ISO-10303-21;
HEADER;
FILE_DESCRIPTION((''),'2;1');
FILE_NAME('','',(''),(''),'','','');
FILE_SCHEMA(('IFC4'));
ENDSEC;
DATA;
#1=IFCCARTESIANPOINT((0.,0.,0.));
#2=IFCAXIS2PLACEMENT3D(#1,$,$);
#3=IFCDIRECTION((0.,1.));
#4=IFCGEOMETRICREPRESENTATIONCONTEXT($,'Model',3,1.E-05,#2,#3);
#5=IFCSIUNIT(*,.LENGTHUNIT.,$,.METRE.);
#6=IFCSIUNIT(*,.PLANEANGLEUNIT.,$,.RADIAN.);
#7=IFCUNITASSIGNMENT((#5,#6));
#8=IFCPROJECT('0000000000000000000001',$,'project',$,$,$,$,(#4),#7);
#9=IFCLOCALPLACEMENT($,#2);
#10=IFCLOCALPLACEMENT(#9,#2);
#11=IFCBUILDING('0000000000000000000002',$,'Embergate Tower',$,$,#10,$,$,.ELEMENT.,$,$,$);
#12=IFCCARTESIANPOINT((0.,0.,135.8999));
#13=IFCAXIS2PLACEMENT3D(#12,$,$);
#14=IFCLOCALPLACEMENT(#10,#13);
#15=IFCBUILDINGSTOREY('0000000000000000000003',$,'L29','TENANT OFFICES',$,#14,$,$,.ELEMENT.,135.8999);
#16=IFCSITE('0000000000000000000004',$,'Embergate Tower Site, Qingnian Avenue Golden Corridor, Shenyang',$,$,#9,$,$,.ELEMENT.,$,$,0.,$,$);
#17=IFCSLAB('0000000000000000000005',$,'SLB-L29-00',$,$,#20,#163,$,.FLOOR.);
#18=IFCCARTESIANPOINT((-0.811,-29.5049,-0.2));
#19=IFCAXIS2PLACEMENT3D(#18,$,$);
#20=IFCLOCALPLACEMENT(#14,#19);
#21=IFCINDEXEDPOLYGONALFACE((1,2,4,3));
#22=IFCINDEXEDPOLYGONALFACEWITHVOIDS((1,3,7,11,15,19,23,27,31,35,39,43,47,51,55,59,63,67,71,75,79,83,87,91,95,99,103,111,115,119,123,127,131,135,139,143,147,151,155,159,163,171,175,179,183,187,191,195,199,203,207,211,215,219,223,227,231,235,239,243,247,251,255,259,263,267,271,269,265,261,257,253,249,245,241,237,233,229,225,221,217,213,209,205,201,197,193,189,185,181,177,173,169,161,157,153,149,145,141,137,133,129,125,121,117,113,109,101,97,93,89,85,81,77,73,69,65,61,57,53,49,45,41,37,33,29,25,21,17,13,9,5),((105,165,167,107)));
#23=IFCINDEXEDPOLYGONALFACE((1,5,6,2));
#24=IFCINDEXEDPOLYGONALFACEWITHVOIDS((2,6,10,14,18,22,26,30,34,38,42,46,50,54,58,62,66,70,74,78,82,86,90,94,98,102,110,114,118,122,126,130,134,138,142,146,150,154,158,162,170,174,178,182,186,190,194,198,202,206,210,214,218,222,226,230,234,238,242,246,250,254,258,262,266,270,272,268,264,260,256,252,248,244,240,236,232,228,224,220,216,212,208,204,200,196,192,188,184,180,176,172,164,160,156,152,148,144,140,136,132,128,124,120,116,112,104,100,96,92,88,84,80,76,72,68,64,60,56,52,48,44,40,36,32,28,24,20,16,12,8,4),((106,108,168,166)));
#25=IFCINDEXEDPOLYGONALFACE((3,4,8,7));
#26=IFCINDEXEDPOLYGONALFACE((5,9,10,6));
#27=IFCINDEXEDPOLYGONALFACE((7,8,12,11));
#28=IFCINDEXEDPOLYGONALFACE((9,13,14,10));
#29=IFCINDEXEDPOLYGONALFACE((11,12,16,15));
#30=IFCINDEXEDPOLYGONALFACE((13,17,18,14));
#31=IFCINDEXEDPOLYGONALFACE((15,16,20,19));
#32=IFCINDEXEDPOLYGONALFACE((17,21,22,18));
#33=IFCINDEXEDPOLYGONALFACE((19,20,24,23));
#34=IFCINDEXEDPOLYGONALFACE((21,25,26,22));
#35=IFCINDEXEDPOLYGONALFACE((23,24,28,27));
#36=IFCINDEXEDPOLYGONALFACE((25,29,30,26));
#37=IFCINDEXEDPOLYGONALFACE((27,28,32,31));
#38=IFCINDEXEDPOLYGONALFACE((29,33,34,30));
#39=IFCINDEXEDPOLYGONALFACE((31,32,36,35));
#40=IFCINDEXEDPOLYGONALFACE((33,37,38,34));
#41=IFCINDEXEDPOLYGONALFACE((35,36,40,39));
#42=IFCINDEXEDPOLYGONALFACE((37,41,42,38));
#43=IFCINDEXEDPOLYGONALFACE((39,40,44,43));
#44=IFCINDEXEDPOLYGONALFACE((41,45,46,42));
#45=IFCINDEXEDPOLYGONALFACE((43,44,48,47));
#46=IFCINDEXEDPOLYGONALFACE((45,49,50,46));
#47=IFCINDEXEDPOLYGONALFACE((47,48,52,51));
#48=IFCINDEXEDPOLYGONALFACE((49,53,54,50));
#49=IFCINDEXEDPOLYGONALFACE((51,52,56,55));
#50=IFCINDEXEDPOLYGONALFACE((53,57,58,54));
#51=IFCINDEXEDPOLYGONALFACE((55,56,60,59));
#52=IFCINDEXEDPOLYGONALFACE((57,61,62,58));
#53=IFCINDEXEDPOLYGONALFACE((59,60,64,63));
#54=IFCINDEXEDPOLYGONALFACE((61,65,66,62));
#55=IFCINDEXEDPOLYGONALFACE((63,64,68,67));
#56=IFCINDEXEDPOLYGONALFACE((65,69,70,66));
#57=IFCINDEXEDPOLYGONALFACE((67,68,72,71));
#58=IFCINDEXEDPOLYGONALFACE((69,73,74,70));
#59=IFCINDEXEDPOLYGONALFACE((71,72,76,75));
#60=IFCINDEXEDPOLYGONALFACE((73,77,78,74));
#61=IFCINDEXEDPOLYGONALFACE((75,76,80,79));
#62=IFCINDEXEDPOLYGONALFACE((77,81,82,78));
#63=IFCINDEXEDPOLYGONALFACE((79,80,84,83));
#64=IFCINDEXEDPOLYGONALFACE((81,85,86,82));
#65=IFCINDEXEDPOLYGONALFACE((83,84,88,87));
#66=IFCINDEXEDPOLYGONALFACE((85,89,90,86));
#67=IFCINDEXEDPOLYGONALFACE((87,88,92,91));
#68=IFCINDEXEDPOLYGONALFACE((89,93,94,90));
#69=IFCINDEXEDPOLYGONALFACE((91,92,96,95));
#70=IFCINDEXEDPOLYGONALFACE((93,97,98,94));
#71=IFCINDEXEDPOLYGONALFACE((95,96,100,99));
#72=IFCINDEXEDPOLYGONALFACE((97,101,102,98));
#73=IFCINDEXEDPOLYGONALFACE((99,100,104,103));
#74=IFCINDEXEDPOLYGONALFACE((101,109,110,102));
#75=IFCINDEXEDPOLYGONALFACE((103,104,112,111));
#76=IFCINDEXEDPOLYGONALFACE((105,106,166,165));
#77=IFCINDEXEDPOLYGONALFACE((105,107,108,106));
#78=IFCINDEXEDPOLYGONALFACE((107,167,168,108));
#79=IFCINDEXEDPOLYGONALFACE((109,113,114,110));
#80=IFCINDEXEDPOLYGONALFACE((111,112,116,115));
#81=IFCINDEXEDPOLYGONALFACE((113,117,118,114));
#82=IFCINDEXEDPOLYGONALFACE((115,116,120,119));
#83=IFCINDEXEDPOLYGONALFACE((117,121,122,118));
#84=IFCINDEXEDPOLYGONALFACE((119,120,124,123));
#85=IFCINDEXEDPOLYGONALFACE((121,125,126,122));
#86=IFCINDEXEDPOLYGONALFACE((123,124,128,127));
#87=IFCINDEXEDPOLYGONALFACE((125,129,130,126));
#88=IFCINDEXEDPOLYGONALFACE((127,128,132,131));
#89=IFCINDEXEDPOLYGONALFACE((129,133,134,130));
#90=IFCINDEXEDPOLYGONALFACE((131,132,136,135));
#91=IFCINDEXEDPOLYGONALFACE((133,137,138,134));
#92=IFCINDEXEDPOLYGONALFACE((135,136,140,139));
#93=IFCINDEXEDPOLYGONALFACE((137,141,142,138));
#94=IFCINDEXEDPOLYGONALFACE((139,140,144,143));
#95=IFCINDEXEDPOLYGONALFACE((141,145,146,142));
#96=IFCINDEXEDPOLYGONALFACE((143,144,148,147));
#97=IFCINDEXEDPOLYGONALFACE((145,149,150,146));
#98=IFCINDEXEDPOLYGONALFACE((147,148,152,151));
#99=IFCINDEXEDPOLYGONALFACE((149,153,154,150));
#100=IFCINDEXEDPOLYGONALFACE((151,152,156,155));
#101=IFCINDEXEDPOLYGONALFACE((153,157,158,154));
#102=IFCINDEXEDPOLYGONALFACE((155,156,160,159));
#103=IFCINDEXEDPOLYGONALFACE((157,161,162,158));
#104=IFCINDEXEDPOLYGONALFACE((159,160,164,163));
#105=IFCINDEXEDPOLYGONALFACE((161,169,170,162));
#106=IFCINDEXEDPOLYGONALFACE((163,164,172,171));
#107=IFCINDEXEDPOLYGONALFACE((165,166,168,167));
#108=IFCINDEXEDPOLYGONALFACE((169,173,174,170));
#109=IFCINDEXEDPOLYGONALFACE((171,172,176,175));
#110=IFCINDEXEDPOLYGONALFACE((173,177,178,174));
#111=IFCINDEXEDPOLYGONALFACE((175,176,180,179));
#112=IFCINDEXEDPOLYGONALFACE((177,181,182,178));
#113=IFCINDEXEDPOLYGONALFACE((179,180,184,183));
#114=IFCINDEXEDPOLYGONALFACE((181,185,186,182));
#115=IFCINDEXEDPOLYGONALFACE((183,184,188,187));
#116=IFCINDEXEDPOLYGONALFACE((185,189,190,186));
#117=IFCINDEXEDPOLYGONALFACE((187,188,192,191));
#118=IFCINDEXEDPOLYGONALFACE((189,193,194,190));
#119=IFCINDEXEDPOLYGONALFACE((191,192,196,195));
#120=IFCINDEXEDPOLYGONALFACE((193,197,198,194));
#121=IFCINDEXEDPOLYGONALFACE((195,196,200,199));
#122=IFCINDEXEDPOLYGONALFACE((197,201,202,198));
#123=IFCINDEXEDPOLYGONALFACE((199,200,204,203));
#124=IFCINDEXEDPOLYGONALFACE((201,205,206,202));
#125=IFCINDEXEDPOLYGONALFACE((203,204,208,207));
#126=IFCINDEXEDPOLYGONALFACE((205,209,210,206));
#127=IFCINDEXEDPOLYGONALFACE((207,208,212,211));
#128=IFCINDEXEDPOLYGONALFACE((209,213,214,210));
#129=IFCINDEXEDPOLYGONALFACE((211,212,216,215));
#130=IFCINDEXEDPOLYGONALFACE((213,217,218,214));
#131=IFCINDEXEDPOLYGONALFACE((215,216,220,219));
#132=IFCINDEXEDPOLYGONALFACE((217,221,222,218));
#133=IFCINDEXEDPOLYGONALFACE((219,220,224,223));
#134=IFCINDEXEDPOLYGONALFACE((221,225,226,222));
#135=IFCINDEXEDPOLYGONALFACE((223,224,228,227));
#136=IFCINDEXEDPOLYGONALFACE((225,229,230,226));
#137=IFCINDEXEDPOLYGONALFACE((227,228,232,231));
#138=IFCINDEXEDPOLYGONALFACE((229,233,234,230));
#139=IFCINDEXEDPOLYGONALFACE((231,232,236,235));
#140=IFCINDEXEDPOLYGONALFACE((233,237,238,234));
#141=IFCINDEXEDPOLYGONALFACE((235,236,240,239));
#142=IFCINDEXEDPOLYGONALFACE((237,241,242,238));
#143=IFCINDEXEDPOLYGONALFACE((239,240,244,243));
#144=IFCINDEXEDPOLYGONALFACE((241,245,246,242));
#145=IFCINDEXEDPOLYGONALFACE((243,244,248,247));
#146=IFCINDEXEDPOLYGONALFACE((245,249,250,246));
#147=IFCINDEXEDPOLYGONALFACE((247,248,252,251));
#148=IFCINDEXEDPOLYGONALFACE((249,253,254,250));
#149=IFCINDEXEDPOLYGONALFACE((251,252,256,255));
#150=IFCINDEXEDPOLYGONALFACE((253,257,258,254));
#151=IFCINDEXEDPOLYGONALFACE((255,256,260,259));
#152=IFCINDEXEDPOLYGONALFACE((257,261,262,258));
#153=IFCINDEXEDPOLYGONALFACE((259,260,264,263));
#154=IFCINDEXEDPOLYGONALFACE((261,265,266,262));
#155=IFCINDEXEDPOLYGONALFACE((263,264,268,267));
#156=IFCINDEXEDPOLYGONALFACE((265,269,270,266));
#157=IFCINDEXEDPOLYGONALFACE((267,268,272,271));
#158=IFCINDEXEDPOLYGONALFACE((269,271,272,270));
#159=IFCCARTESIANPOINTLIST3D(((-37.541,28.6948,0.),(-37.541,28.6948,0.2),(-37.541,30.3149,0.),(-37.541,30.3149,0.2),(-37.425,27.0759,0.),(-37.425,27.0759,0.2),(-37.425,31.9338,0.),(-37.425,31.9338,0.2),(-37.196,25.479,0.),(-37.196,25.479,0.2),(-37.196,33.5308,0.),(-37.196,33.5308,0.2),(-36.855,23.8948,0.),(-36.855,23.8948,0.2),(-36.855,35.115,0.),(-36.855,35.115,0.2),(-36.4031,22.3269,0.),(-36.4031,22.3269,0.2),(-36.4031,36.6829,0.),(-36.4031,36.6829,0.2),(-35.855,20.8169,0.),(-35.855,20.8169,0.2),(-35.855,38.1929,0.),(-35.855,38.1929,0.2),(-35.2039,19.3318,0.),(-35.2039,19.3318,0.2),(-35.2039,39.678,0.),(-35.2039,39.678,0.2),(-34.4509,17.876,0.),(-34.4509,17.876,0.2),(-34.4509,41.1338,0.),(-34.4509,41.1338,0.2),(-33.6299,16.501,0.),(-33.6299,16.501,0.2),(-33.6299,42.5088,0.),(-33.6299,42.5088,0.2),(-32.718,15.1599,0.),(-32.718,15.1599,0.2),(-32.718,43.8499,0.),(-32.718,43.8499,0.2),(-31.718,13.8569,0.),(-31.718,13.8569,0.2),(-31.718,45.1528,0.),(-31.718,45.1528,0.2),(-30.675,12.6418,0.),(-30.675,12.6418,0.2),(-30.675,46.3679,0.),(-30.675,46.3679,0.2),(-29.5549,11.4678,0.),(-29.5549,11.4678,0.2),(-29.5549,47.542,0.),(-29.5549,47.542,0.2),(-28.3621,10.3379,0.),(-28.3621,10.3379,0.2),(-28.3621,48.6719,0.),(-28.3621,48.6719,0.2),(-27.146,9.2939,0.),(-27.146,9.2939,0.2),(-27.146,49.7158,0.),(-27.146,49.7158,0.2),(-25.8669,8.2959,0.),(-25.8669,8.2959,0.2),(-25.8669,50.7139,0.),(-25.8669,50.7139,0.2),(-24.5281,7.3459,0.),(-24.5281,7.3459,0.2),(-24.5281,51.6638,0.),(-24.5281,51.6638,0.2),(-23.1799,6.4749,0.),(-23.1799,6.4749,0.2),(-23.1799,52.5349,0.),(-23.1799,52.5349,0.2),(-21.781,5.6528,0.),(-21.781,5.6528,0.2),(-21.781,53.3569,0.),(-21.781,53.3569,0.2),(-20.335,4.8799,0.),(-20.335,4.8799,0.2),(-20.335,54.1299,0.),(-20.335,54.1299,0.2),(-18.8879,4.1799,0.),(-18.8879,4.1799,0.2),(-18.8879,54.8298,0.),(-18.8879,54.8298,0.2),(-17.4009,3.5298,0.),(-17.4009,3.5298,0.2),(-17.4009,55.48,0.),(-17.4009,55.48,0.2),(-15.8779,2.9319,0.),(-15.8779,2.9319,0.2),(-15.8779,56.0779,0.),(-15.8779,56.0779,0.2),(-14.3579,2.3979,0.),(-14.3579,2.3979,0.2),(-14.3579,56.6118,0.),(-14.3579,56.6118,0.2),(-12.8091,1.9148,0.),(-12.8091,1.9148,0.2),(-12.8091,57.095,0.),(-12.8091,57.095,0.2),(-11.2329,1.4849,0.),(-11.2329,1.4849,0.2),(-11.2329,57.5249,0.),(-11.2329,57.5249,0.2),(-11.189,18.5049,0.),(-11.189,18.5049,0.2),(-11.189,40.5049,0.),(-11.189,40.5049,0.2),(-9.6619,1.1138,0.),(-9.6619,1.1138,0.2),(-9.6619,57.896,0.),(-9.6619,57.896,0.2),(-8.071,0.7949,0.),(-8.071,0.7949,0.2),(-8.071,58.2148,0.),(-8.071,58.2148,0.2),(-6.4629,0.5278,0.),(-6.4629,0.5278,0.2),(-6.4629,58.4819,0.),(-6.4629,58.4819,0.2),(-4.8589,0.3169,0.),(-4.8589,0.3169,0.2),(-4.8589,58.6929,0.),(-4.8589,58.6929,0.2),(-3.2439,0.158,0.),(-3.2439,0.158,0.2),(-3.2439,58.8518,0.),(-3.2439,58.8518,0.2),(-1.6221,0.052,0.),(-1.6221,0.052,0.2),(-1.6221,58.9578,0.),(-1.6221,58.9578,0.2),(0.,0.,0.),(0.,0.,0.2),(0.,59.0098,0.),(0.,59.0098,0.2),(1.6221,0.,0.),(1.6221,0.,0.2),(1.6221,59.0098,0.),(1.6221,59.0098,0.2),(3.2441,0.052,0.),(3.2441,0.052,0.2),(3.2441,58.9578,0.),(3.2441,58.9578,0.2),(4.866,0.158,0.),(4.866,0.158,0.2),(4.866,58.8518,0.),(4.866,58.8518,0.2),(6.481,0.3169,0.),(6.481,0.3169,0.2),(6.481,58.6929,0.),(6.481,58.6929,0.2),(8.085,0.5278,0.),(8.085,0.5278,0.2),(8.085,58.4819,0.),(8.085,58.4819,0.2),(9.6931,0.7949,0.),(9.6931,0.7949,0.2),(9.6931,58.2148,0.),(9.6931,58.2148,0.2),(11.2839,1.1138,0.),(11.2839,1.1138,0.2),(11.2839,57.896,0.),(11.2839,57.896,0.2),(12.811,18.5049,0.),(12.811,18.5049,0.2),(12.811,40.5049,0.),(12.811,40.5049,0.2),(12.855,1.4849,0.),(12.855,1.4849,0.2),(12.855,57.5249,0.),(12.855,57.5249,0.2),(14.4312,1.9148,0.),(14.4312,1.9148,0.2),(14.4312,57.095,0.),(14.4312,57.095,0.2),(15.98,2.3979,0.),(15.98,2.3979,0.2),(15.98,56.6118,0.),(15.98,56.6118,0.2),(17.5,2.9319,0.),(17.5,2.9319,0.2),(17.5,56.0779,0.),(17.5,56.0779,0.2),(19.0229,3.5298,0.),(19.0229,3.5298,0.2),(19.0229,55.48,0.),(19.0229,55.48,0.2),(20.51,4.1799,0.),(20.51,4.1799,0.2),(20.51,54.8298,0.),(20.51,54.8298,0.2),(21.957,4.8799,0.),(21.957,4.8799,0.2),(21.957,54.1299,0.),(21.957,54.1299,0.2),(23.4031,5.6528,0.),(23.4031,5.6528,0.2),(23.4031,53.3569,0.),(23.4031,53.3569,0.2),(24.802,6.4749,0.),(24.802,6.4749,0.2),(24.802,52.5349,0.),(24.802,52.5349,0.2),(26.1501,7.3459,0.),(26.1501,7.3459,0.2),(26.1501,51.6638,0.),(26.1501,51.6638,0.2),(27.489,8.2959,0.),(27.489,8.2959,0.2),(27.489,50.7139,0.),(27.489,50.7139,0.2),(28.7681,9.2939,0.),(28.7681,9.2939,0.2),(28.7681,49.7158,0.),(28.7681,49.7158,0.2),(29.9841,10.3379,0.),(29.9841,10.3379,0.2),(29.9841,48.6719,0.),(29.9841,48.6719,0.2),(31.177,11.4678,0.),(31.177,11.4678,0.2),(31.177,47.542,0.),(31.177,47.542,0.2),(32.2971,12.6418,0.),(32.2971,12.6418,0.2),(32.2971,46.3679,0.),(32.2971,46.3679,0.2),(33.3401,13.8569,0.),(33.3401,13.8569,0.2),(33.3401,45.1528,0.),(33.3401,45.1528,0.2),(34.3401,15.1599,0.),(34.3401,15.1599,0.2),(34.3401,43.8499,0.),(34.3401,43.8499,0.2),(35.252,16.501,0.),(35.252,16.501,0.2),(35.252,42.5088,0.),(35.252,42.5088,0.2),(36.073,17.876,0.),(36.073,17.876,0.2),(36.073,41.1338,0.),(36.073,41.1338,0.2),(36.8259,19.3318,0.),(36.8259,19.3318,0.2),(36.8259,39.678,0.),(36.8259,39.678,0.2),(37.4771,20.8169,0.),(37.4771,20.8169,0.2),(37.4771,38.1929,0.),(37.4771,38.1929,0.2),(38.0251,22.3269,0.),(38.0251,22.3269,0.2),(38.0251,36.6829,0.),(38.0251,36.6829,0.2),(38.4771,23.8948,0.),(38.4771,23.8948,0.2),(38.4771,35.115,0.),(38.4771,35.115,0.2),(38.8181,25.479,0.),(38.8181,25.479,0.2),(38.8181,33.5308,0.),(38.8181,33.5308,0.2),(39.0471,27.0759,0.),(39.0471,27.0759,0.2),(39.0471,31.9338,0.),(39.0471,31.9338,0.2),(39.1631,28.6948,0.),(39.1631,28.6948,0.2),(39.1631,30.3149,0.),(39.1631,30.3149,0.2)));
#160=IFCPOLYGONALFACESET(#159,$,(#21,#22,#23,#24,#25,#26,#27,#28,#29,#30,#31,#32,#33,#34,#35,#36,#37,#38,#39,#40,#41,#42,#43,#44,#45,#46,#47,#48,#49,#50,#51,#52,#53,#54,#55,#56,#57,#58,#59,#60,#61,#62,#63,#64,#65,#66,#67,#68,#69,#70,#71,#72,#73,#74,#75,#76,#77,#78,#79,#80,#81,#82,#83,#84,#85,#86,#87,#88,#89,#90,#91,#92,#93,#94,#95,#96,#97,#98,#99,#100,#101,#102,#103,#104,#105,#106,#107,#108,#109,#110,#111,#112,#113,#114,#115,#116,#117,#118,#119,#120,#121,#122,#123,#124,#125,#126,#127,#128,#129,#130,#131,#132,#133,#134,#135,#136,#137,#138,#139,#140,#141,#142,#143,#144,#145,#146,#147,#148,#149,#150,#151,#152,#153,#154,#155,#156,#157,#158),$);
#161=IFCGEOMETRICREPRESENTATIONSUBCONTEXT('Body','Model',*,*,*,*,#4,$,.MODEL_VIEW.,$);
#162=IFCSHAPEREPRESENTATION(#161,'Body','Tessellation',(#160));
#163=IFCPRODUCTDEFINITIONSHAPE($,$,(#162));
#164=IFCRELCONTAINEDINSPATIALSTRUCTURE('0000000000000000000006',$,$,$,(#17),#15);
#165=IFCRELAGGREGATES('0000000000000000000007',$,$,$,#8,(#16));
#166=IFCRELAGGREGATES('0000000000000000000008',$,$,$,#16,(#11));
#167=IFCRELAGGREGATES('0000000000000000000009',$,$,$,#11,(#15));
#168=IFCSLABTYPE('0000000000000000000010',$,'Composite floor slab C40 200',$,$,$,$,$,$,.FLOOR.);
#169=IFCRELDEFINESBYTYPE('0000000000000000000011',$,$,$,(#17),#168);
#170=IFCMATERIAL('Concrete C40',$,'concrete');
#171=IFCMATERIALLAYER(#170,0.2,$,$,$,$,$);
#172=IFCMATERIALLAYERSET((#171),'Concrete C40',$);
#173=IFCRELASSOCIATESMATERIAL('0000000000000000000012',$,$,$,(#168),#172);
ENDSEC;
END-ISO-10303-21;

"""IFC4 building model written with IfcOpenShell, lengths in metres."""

from ifc_helpers import new_model, si_unit, direction, frame, origin, place, context, subcontext, project, spatial, polyline, outline, extrude, source, transform, mapped, material, layer, layer_set, type_object, element, save


model = new_model("IFC4")

# Units and contexts
model_context = context("Model", 3, precision=1e-05, world=origin(), true_north=direction((0.0, 1.0)))
body_context = subcontext(model_context, "Body", "Model", "MODEL_VIEW")
ifc_project = project(units=[si_unit("LENGTHUNIT", "METRE"), si_unit("PLANEANGLEUNIT", "RADIAN")], contexts=[model_context])

# Site, building, storey
site_placement = place(None, origin())
site = spatial("IfcSite", under=ifc_project, at=site_placement, Name="Embergate Tower Site, Qingnian Avenue Golden Corridor, Shenyang", CompositionType="ELEMENT", RefElevation=0.0)
building_placement = place(site_placement, origin())
building = spatial("IfcBuilding", under=site, at=building_placement, Name="Embergate Tower", CompositionType="ELEMENT")
storey_placement = place(building_placement, frame((0.0, 0.0, 135.8999)))
storey = spatial("IfcBuildingStorey", under=building, at=storey_placement, Name="L29", Description="TENANT OFFICES", CompositionType="ELEMENT", Elevation=135.8999)

# Slab
ifc_material_1 = material(Name="Concrete C40", Category="concrete")
ifc_layer_1 = layer(ifc_material_1, 0.2)
ifc_layer_set_1 = layer_set([ifc_layer_1], Name="Concrete C40")
slab_type = type_object("IfcSlabType", Name="Composite floor slab C40 200", PredefinedType="FLOOR", material=ifc_layer_set_1)
shared_shape_1 = source(origin(), body_context, "Body", "SweptSolid", [
    extrude(outline(polyline([(0.0, 0.0), (1.6221, 0.0), (3.2441, 0.052), (4.866, 0.158), (6.481, 0.3169), (8.085, 0.5278), (9.6931, 0.7949), (11.2839, 1.1138), (12.855, 1.4849), (14.4312, 1.9148), (15.98, 2.3979), (17.5, 2.9319), (19.0229, 3.5298), (20.51, 4.1799), (21.957, 4.8799), (23.4031, 5.6528), (24.802, 6.4749), (26.1501, 7.3459), (27.489, 8.2959), (28.7681, 9.2939), (29.9841, 10.3379), (31.177, 11.4678), (32.2971, 12.6418), (33.3401, 13.8569), (34.3401, 15.1599), (35.252, 16.501), (36.073, 17.876), (36.8259, 19.3318), (37.4771, 20.8169), (38.0251, 22.3269), (38.4771, 23.8948), (38.8181, 25.479), (39.0471, 27.0759), (39.1631, 28.6948), (39.1631, 30.3149), (39.0471, 31.9338), (38.8181, 33.5308), (38.4771, 35.115), (38.0251, 36.6829), (37.4771, 38.1929), (36.8259, 39.678), (36.073, 41.1338), (35.252, 42.5088), (34.3401, 43.8499), (33.3401, 45.1528), (32.2971, 46.3679), (31.177, 47.542), (29.9841, 48.6719), (28.7681, 49.7158), (27.489, 50.7139), (26.1501, 51.6638), (24.802, 52.5349), (23.4031, 53.3569), (21.957, 54.1299), (20.51, 54.8298), (19.0229, 55.48), (17.5, 56.0779), (15.98, 56.6118), (14.4312, 57.095), (12.855, 57.5249), (11.2839, 57.896), (9.6931, 58.2148), (8.085, 58.4819), (6.481, 58.6929), (4.866, 58.8518), (3.2441, 58.9578), (1.6221, 59.0098), (0.0, 59.0098), (-1.6221, 58.9578), (-3.2439, 58.8518), (-4.8589, 58.6929), (-6.4629, 58.4819), (-8.071, 58.2148), (-9.6619, 57.896), (-11.2329, 57.5249), (-12.8091, 57.095), (-14.3579, 56.6118), (-15.8779, 56.0779), (-17.4009, 55.48), (-18.8879, 54.8298), (-20.335, 54.1299), (-21.781, 53.3569), (-23.1799, 52.5349), (-24.5281, 51.6638), (-25.8669, 50.7139), (-27.146, 49.7158), (-28.3621, 48.6719), (-29.5549, 47.542), (-30.675, 46.3679), (-31.718, 45.1528), (-32.718, 43.8499), (-33.6299, 42.5088), (-34.4509, 41.1338), (-35.2039, 39.678), (-35.855, 38.1929), (-36.4031, 36.6829), (-36.855, 35.115), (-37.196, 33.5308), (-37.425, 31.9338), (-37.541, 30.3149), (-37.541, 28.6948), (-37.425, 27.0759), (-37.196, 25.479), (-36.855, 23.8948), (-36.4031, 22.3269), (-35.855, 20.8169), (-35.2039, 19.3318), (-34.4509, 17.876), (-33.6299, 16.501), (-32.718, 15.1599), (-31.718, 13.8569), (-30.675, 12.6418), (-29.5549, 11.4678), (-28.3621, 10.3379), (-27.146, 9.2939), (-25.8669, 8.2959), (-24.5281, 7.3459), (-23.1799, 6.4749), (-21.781, 5.6528), (-20.335, 4.8799), (-18.8879, 4.1799), (-17.4009, 3.5298), (-15.8779, 2.9319), (-14.3579, 2.3979), (-12.8091, 1.9148), (-11.2329, 1.4849), (-9.6619, 1.1138), (-8.071, 0.7949), (-6.4629, 0.5278), (-4.8589, 0.3169), (-3.2439, 0.158), (-1.6221, 0.052), (0.0, 0.0)]), holes=[polyline([(-11.189, 18.5049), (-11.189, 40.5049), (12.811, 40.5049), (12.811, 18.5049), (-11.189, 18.5049)])]), origin(), (0.0, 0.0, 1.0), 0.2),
])
slab_placement = place(storey_placement, frame((-0.811, -29.5049, -0.2)))
element("IfcSlab", 1, at=slab_placement, inside=storey, type_object=slab_type, Name="SLB-L29-00", PredefinedType="FLOOR", context=body_context, shape_type="MappedRepresentation", body=[
    mapped(shared_shape_1, transform((0.0, 0.0, 0.0))),
])

save(model, "model.ifc")
